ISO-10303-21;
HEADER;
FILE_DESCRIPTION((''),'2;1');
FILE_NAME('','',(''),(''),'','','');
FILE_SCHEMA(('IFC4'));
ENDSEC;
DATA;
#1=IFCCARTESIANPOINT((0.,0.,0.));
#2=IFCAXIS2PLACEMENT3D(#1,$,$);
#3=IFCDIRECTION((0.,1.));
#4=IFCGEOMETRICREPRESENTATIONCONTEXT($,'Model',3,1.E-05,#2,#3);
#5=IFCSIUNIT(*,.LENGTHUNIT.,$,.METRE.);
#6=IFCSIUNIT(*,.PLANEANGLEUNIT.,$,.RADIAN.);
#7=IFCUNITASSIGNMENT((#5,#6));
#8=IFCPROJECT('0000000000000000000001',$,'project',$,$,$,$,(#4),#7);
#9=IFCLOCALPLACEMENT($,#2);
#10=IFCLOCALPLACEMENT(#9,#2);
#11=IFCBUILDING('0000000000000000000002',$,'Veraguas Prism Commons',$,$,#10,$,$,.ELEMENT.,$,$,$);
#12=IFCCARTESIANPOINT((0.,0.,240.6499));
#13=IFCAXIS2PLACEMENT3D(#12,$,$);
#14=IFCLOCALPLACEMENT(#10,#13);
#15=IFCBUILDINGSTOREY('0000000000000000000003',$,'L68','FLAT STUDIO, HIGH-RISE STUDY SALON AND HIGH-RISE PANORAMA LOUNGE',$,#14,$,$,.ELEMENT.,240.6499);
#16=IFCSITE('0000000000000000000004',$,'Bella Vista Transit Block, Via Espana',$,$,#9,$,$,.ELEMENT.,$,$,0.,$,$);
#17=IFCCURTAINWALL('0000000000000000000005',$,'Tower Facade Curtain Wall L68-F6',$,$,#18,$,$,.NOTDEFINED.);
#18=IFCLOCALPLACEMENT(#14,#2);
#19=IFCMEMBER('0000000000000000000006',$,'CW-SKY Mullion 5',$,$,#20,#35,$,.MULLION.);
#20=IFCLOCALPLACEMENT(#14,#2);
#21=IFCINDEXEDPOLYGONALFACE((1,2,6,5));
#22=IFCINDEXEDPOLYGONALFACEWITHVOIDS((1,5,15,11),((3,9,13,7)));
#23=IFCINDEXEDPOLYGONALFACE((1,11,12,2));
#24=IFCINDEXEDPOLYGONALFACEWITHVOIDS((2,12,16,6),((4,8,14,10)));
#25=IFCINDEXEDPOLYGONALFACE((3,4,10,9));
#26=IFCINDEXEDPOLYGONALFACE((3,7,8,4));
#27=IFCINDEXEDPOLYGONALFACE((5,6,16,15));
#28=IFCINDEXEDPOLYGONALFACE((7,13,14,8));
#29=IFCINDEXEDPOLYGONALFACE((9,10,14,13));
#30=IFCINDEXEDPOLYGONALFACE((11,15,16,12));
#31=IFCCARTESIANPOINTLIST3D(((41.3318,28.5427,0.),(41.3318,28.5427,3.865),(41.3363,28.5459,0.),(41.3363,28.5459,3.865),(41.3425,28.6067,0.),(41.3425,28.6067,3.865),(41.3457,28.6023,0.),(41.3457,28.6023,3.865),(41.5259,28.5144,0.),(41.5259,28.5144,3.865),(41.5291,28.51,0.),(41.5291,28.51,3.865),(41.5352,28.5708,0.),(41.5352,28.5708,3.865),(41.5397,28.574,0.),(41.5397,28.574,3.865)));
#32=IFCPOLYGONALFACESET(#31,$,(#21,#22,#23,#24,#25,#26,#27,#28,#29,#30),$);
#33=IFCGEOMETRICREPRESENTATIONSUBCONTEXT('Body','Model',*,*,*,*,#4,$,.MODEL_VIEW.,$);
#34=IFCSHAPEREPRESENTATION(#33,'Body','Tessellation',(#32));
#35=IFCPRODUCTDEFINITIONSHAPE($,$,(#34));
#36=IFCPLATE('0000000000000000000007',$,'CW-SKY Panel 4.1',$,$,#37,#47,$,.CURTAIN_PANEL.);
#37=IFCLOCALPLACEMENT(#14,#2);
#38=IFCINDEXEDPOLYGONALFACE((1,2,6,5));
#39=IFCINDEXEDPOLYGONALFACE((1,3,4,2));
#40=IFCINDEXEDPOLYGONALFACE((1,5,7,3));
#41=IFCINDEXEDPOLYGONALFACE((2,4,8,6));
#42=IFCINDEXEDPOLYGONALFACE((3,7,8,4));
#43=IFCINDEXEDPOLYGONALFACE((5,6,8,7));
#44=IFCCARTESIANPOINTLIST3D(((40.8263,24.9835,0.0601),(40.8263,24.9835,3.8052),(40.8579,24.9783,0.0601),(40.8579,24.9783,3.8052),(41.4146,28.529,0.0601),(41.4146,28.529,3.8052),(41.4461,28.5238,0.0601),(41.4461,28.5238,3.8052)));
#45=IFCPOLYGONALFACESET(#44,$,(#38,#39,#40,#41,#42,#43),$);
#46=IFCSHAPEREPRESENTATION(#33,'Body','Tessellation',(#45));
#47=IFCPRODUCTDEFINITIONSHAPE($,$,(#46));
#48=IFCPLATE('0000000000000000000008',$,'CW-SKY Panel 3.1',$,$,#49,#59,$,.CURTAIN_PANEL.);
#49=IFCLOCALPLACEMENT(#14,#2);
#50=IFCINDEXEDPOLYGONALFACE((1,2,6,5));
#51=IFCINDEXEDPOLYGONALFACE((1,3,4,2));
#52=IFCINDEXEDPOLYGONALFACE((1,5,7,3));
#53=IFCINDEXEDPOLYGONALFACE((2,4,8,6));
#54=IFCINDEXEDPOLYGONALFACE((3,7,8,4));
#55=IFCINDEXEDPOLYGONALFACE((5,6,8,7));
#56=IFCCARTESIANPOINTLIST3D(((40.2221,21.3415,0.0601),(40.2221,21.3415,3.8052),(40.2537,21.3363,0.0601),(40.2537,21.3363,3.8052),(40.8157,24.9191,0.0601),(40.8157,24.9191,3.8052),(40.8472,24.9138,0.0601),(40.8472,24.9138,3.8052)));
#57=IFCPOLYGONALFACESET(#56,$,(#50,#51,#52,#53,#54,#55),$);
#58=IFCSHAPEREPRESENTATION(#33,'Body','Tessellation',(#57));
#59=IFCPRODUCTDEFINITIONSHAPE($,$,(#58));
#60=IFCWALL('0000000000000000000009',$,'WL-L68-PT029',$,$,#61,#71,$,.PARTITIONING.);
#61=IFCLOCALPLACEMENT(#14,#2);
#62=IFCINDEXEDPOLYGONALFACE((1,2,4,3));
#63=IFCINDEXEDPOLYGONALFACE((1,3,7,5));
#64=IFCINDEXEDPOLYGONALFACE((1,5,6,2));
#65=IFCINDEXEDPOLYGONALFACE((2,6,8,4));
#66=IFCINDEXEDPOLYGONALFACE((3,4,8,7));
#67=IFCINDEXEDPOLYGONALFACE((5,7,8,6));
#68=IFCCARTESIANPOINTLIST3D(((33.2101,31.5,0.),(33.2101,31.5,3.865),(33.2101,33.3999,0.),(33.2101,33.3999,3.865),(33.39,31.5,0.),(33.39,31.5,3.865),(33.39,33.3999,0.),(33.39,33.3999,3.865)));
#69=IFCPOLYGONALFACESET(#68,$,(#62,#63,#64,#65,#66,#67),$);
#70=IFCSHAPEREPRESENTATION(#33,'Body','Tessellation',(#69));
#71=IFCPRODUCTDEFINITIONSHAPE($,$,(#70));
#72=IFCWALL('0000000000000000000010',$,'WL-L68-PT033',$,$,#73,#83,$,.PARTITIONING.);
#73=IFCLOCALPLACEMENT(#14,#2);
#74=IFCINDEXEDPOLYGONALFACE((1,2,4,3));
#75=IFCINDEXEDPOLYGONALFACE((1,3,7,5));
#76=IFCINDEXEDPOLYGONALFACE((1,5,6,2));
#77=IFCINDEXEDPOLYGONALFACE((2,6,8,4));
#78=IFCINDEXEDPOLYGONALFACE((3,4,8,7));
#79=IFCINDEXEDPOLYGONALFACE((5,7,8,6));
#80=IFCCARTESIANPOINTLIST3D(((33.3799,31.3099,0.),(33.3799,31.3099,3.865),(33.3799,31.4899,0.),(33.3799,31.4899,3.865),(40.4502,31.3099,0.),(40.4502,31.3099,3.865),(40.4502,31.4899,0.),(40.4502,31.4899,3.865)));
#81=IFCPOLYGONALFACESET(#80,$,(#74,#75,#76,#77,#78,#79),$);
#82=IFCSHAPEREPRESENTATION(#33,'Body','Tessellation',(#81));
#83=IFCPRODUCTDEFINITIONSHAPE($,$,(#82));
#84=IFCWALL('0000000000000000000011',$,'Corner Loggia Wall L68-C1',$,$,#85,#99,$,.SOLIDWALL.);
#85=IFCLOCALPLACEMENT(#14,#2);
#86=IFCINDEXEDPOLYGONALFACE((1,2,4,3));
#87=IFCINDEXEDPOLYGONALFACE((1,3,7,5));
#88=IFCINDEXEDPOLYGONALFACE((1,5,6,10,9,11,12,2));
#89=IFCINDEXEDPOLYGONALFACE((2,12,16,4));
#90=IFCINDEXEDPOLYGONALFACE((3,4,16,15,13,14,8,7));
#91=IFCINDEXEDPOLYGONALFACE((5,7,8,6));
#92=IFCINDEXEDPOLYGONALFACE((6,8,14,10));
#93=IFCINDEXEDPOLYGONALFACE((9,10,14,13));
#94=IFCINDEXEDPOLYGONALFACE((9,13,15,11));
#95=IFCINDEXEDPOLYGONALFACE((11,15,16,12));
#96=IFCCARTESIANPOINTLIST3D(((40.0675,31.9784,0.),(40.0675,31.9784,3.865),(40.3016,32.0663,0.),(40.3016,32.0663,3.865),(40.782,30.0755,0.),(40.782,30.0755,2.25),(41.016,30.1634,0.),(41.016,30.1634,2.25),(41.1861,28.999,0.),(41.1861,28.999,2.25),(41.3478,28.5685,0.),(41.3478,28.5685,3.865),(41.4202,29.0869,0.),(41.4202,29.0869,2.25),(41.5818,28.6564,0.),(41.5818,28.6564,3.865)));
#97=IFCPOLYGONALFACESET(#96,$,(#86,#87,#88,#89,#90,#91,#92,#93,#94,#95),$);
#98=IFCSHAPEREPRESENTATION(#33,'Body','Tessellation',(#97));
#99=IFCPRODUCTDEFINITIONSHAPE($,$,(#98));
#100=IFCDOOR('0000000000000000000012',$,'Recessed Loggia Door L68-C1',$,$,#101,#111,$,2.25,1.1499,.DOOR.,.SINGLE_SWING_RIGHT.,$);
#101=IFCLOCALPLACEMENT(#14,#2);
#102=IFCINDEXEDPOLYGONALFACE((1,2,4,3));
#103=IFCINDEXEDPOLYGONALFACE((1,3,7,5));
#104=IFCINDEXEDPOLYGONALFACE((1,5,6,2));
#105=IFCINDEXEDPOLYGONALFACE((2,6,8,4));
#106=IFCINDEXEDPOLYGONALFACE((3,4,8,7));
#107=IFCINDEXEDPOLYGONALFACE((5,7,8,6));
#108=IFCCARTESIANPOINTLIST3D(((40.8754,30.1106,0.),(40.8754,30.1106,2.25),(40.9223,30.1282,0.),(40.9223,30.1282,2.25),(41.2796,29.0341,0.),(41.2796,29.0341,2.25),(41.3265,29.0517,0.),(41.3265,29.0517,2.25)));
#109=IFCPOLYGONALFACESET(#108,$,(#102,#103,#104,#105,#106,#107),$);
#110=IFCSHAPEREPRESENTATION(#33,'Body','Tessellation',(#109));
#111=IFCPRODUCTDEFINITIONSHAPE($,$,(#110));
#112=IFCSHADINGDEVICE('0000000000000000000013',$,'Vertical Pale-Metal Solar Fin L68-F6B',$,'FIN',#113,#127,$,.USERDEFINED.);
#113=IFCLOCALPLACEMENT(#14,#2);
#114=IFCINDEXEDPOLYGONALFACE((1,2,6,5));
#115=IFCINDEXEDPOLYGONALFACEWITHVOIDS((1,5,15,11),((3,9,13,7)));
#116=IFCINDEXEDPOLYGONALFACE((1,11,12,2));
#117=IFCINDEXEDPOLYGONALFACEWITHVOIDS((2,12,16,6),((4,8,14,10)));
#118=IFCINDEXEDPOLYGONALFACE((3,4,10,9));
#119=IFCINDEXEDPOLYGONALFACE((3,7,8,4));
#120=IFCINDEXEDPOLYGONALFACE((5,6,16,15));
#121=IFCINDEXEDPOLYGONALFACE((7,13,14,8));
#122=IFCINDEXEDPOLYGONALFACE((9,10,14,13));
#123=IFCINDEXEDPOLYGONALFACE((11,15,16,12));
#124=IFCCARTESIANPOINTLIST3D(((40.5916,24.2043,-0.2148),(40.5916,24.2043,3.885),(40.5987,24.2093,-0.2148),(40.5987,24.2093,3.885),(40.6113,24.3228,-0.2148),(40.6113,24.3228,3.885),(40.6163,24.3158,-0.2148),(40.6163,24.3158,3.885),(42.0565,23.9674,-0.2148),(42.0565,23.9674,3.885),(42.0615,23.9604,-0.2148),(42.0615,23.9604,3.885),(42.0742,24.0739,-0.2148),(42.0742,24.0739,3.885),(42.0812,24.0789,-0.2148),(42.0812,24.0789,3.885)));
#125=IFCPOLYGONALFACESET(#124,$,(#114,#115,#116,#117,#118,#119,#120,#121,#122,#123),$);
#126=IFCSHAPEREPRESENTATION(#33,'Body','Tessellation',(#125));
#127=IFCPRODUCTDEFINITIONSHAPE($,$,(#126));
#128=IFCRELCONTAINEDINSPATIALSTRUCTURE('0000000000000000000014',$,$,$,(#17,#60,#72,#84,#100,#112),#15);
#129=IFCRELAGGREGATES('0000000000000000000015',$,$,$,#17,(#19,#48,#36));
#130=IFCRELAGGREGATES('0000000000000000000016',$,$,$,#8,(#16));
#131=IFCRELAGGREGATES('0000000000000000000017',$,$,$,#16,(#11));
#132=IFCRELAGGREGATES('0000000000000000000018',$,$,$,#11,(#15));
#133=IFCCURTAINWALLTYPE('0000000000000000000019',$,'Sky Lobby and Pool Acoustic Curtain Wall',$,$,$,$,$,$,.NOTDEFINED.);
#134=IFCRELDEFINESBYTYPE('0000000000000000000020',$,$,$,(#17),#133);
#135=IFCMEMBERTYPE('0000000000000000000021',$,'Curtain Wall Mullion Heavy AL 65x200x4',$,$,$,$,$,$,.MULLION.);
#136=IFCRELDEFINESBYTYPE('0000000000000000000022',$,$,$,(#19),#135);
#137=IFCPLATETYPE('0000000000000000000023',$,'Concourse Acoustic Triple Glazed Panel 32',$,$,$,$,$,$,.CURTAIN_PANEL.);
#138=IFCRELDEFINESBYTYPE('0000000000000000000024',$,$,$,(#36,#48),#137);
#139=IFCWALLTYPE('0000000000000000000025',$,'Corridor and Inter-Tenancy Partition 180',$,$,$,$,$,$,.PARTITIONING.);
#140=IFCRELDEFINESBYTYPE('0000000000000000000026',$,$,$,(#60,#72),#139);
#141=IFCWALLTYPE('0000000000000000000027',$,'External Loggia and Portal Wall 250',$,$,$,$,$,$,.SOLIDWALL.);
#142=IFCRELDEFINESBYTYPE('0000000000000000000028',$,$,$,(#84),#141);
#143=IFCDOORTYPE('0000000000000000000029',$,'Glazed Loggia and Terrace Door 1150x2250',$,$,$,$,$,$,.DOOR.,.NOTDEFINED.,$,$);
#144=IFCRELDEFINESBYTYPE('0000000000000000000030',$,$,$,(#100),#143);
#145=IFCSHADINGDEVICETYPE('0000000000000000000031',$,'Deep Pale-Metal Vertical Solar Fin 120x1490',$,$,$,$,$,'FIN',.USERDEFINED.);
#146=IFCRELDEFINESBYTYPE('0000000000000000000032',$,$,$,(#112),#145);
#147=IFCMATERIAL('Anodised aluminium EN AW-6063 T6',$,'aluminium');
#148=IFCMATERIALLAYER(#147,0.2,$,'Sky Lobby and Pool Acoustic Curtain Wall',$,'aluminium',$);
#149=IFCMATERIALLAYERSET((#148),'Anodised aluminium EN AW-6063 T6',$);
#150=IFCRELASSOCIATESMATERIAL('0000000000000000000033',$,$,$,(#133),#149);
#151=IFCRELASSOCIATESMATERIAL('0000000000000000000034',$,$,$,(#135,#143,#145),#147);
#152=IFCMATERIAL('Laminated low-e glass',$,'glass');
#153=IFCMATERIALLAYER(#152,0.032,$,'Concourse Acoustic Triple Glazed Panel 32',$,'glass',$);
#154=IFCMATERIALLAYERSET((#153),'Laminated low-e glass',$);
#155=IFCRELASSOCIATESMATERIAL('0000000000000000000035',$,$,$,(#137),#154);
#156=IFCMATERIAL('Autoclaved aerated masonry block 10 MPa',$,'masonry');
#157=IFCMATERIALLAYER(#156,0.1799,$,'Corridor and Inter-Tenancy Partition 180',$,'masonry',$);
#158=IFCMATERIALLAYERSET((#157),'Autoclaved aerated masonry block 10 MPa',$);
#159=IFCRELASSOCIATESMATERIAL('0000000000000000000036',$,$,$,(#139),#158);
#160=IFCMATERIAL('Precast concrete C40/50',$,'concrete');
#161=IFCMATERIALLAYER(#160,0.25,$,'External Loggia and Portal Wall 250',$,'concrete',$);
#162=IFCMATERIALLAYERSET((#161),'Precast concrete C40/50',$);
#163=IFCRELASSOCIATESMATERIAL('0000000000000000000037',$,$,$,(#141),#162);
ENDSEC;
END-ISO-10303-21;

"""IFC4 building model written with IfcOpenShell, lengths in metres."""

from ifc_helpers import new_model, si_unit, direction, frame, frame_2d, origin, origin_2d, place, context, subcontext, project, spatial, rectangle, hollow_rectangle, extrude, source, transform, mapped, material, layer, layer_set, material_profile, profile_set, type_object, element, fill, aggregate, save


model = new_model("IFC4")

# Units and contexts
model_context = context("Model", 3, precision=1e-05, world=origin(), true_north=direction((0.0, 1.0)))
body_context = subcontext(model_context, "Body", "Model", "MODEL_VIEW")
ifc_project = project(units=[si_unit("LENGTHUNIT", "METRE"), si_unit("PLANEANGLEUNIT", "RADIAN")], contexts=[model_context])

# Site, building, storey
site_placement = place(None, origin())
site = spatial("IfcSite", under=ifc_project, at=site_placement, Name="Bella Vista Transit Block, Via Espana", CompositionType="ELEMENT", RefElevation=0.0)
building_placement = place(site_placement, origin())
building = spatial("IfcBuilding", under=site, at=building_placement, Name="Veraguas Prism Commons", CompositionType="ELEMENT")
storey_placement = place(building_placement, frame((0.0, 0.0, 240.6499)))
storey = spatial("IfcBuildingStorey", under=building, at=storey_placement, Name="L68", Description="FLAT STUDIO, HIGH-RISE STUDY SALON AND HIGH-RISE PANORAMA LOUNGE", CompositionType="ELEMENT", Elevation=240.6499)

# Shared definitions
ifc_material_1 = material(Name="Anodised aluminium EN AW-6063 T6", Category="aluminium")
ifc_layer_1 = layer(ifc_material_1, 0.2, Name="Sky Lobby and Pool Acoustic Curtain Wall", Category="aluminium")
ifc_layer_set_1 = layer_set([ifc_layer_1], Name="Anodised aluminium EN AW-6063 T6")
curtain_wall_type = type_object("IfcCurtainWallType", Name="Sky Lobby and Pool Acoustic Curtain Wall", PredefinedType="NOTDEFINED", material=ifc_layer_set_1)
ifc_material_profile_1 = material_profile(ifc_material_1, hollow_rectangle(XDim=0.0649, YDim=0.2, WallThickness=0.0039, at=origin_2d()), Name="AL65X200X4")
ifc_profile_set_1 = profile_set([ifc_material_profile_1], Name="Anodised aluminium EN AW-6063 T6")
member_type = type_object("IfcMemberType", Name="Curtain Wall Mullion Heavy AL 65x200x4", PredefinedType="MULLION", material=ifc_profile_set_1)
shared_shape_1 = source(origin(), body_context, "Body", "SweptSolid", [
    extrude(hollow_rectangle(XDim=0.0649, YDim=0.2, WallThickness=0.0039, at=origin_2d()), origin(), (0.0, 0.0, 1.0), 3.865),
])

# Curtain wall, member, plates
curtain_wall_1_placement = place(storey_placement, origin())
curtain_wall_1 = element("IfcCurtainWall", 1, at=curtain_wall_1_placement, inside=storey, type_object=curtain_wall_type, Name="Tower Facade Curtain Wall L68-F6", PredefinedType="NOTDEFINED")
member_1_placement = place(storey_placement, frame((41.4358, 28.5583, 0.0), z_axis=(0.0, 0.0, 1.0), x_axis=(0.16367, 0.986515, 0.0)))
member_1 = element("IfcMember", 2, at=member_1_placement, type_object=member_type, Name="CW-SKY Mullion 5", PredefinedType="MULLION", context=body_context, shape_type="MappedRepresentation", body=[
    mapped(shared_shape_1, transform((0.0, 0.0, 0.0), scale=1.0)),
])
ifc_material_2 = material(Name="Laminated low-e glass", Category="glass")
ifc_layer_2 = layer(ifc_material_2, 0.032, Name="Concourse Acoustic Triple Glazed Panel 32", Category="glass")
ifc_layer_set_2 = layer_set([ifc_layer_2], Name="Laminated low-e glass")
plate_type = type_object("IfcPlateType", Name="Concourse Acoustic Triple Glazed Panel 32", PredefinedType="CURTAIN_PANEL", material=ifc_layer_set_2)
shared_shape_2 = source(origin(), body_context, "Body", "SweptSolid", [
    extrude(rectangle(XDim=3.594, YDim=0.032, at=origin_2d()), origin(), (0.0, 0.0, 1.0), 3.7451),
])
plate_1_placement = place(storey_placement, frame((41.1362, 26.7537, 0.0601), z_axis=(0.0, 0.0, 1.0), x_axis=(0.16367, 0.986515, 0.0)))
plate_1 = element("IfcPlate", 3, at=plate_1_placement, type_object=plate_type, Name="CW-SKY Panel 4.1", PredefinedType="CURTAIN_PANEL", context=body_context, shape_type="MappedRepresentation", body=[
    mapped(shared_shape_2, transform((0.0, 0.0, 0.0), scale=1.0)),
])
shared_shape_3 = source(origin(), body_context, "Body", "SweptSolid", [
    extrude(rectangle(XDim=3.6265, YDim=0.032, at=origin_2d()), origin(), (0.0, 0.0, 1.0), 3.7451),
])
plate_2_placement = place(storey_placement, frame((40.5347, 23.1277, 0.0601), z_axis=(0.0, 0.0, 1.0), x_axis=(0.16367, 0.986515, 0.0)))
plate_2 = element("IfcPlate", 4, at=plate_2_placement, type_object=plate_type, Name="CW-SKY Panel 3.1", PredefinedType="CURTAIN_PANEL", context=body_context, shape_type="MappedRepresentation", body=[
    mapped(shared_shape_3, transform((0.0, 0.0, 0.0), scale=1.0)),
])
aggregate(curtain_wall_1, [member_1, plate_2, plate_1])

# Walls
ifc_material_3 = material(Name="Autoclaved aerated masonry block 10 MPa", Category="masonry")
ifc_layer_3 = layer(ifc_material_3, 0.1799, Name="Corridor and Inter-Tenancy Partition 180", Category="masonry")
ifc_layer_set_3 = layer_set([ifc_layer_3], Name="Autoclaved aerated masonry block 10 MPa")
wall_type_1 = type_object("IfcWallType", Name="Corridor and Inter-Tenancy Partition 180", PredefinedType="PARTITIONING", material=ifc_layer_set_3)
wall_1_placement = place(storey_placement, frame((33.3, 31.5, 0.0), z_axis=(0.0, 0.0, 1.0), x_axis=(0.0, 1.0, 0.0)))
element("IfcWall", 5, at=wall_1_placement, inside=storey, type_object=wall_type_1, Name="WL-L68-PT029", PredefinedType="PARTITIONING", context=body_context, shape_type="SweptSolid", body=[
    extrude(rectangle(XDim=1.8999, YDim=0.1799, at=frame_2d((0.95, 0.0))), origin(), (0.0, 0.0, 1.0), 3.865),
])
wall_2_placement = place(storey_placement, frame((33.3799, 31.3999, 0.0), z_axis=(0.0, 0.0, 1.0), x_axis=(1.0, 0.0, 0.0)))
element("IfcWall", 6, at=wall_2_placement, inside=storey, type_object=wall_type_1, Name="WL-L68-PT033", PredefinedType="PARTITIONING", context=body_context, shape_type="SweptSolid", body=[
    extrude(rectangle(XDim=7.0703, YDim=0.1799, at=frame_2d((3.5352, 0.0))), origin(), (0.0, 0.0, 1.0), 3.865),
])

# Wall, opening, door
ifc_material_4 = material(Name="Precast concrete C40/50", Category="concrete")
ifc_layer_4 = layer(ifc_material_4, 0.25, Name="External Loggia and Portal Wall 250", Category="concrete")
ifc_layer_set_4 = layer_set([ifc_layer_4], Name="Precast concrete C40/50")
wall_type_2 = type_object("IfcWallType", Name="External Loggia and Portal Wall 250", PredefinedType="SOLIDWALL", material=ifc_layer_set_4)
wall_3_placement = place(storey_placement, frame((41.4648, 28.6123, 0.0), z_axis=(0.0, 0.0, 1.0), x_axis=(-0.351498, 0.936189, 0.0)))
wall_3 = element("IfcWall", 7, at=wall_3_placement, inside=storey, type_object=wall_type_2, Name="Corner Loggia Wall L68-C1", PredefinedType="SOLIDWALL", context=body_context, shape_type="SweptSolid", body=[
    extrude(rectangle(XDim=3.6423, YDim=0.25, at=frame_2d((1.8213, 0.0))), origin(), (0.0, 0.0, 1.0), 3.865),
])
opening_placement = place(wall_3_placement, frame((0.46, 0.0, 0.0)))
opening = element("IfcOpeningElement", 8, at=opening_placement, cuts=wall_3, PredefinedType="OPENING", context=body_context, shape_type="SweptSolid", body=[
    extrude(rectangle(XDim=1.1499, YDim=2.25, at=frame_2d((0.575, 1.125))), frame((0.0, 0.135, 0.0), z_axis=(0.0, -1.0, 0.0), x_axis=(1.0, 0.0, 0.0)), (0.0, 0.0, 1.0), 0.27),
])
door_type = type_object("IfcDoorType", Name="Glazed Loggia and Terrace Door 1150x2250", OperationType="NOTDEFINED", PredefinedType="DOOR", material=ifc_material_1)
shared_shape_4 = source(origin(), body_context, "Body", "SweptSolid", [
    extrude(rectangle(XDim=1.1499, YDim=2.25, at=frame_2d((0.575, 1.125))), frame((0.0, 0.0249, 0.0), z_axis=(0.0, -1.0, 0.0), x_axis=(1.0, 0.0, 0.0)), (0.0, 0.0, 1.0), 0.05),
])
door_placement = place(opening_placement, frame((1.1499, 0.0, 0.0), z_axis=(0.0, 0.0, 1.0), x_axis=(-1.0, 0.0, 0.0)))
door = element("IfcDoor", 9, at=door_placement, inside=storey, type_object=door_type, Name="Recessed Loggia Door L68-C1", OperationType="SINGLE_SWING_RIGHT", OverallHeight=2.25, OverallWidth=1.1499, PredefinedType="DOOR", context=body_context, shape_type="MappedRepresentation", body=[
    mapped(shared_shape_4, transform((0.0, 0.0, 0.0), scale=1.0)),
])
fill(opening, door)

# Shading device
ifc_material_profile_2 = material_profile(ifc_material_1, hollow_rectangle(XDim=0.1201, YDim=1.49, WallThickness=0.0061, at=origin_2d()), Name="FIN120X1490X6")
ifc_profile_set_2 = profile_set([ifc_material_profile_2], Name="Anodised aluminium EN AW-6063 T6")
shading_device_type = type_object("IfcShadingDeviceType", Name="Deep Pale-Metal Vertical Solar Fin 120x1490", ElementType="FIN", PredefinedType="USERDEFINED", material=ifc_profile_set_2)
shading_device_placement = place(storey_placement, frame((41.3364, 24.1416, -0.2148), z_axis=(0.0, 0.0, 1.0), x_axis=(0.163667, 0.986516, 0.0)))
element("IfcShadingDevice", 10, at=shading_device_placement, inside=storey, type_object=shading_device_type, Name="Vertical Pale-Metal Solar Fin L68-F6B", ObjectType="FIN", PredefinedType="USERDEFINED", context=body_context, shape_type="SweptSolid", body=[
    extrude(hollow_rectangle(XDim=0.1201, YDim=1.49, WallThickness=0.0061, at=origin_2d()), origin(), (0.0, 0.0, 1.0), 4.0999),
])

save(model, "model.ifc")
